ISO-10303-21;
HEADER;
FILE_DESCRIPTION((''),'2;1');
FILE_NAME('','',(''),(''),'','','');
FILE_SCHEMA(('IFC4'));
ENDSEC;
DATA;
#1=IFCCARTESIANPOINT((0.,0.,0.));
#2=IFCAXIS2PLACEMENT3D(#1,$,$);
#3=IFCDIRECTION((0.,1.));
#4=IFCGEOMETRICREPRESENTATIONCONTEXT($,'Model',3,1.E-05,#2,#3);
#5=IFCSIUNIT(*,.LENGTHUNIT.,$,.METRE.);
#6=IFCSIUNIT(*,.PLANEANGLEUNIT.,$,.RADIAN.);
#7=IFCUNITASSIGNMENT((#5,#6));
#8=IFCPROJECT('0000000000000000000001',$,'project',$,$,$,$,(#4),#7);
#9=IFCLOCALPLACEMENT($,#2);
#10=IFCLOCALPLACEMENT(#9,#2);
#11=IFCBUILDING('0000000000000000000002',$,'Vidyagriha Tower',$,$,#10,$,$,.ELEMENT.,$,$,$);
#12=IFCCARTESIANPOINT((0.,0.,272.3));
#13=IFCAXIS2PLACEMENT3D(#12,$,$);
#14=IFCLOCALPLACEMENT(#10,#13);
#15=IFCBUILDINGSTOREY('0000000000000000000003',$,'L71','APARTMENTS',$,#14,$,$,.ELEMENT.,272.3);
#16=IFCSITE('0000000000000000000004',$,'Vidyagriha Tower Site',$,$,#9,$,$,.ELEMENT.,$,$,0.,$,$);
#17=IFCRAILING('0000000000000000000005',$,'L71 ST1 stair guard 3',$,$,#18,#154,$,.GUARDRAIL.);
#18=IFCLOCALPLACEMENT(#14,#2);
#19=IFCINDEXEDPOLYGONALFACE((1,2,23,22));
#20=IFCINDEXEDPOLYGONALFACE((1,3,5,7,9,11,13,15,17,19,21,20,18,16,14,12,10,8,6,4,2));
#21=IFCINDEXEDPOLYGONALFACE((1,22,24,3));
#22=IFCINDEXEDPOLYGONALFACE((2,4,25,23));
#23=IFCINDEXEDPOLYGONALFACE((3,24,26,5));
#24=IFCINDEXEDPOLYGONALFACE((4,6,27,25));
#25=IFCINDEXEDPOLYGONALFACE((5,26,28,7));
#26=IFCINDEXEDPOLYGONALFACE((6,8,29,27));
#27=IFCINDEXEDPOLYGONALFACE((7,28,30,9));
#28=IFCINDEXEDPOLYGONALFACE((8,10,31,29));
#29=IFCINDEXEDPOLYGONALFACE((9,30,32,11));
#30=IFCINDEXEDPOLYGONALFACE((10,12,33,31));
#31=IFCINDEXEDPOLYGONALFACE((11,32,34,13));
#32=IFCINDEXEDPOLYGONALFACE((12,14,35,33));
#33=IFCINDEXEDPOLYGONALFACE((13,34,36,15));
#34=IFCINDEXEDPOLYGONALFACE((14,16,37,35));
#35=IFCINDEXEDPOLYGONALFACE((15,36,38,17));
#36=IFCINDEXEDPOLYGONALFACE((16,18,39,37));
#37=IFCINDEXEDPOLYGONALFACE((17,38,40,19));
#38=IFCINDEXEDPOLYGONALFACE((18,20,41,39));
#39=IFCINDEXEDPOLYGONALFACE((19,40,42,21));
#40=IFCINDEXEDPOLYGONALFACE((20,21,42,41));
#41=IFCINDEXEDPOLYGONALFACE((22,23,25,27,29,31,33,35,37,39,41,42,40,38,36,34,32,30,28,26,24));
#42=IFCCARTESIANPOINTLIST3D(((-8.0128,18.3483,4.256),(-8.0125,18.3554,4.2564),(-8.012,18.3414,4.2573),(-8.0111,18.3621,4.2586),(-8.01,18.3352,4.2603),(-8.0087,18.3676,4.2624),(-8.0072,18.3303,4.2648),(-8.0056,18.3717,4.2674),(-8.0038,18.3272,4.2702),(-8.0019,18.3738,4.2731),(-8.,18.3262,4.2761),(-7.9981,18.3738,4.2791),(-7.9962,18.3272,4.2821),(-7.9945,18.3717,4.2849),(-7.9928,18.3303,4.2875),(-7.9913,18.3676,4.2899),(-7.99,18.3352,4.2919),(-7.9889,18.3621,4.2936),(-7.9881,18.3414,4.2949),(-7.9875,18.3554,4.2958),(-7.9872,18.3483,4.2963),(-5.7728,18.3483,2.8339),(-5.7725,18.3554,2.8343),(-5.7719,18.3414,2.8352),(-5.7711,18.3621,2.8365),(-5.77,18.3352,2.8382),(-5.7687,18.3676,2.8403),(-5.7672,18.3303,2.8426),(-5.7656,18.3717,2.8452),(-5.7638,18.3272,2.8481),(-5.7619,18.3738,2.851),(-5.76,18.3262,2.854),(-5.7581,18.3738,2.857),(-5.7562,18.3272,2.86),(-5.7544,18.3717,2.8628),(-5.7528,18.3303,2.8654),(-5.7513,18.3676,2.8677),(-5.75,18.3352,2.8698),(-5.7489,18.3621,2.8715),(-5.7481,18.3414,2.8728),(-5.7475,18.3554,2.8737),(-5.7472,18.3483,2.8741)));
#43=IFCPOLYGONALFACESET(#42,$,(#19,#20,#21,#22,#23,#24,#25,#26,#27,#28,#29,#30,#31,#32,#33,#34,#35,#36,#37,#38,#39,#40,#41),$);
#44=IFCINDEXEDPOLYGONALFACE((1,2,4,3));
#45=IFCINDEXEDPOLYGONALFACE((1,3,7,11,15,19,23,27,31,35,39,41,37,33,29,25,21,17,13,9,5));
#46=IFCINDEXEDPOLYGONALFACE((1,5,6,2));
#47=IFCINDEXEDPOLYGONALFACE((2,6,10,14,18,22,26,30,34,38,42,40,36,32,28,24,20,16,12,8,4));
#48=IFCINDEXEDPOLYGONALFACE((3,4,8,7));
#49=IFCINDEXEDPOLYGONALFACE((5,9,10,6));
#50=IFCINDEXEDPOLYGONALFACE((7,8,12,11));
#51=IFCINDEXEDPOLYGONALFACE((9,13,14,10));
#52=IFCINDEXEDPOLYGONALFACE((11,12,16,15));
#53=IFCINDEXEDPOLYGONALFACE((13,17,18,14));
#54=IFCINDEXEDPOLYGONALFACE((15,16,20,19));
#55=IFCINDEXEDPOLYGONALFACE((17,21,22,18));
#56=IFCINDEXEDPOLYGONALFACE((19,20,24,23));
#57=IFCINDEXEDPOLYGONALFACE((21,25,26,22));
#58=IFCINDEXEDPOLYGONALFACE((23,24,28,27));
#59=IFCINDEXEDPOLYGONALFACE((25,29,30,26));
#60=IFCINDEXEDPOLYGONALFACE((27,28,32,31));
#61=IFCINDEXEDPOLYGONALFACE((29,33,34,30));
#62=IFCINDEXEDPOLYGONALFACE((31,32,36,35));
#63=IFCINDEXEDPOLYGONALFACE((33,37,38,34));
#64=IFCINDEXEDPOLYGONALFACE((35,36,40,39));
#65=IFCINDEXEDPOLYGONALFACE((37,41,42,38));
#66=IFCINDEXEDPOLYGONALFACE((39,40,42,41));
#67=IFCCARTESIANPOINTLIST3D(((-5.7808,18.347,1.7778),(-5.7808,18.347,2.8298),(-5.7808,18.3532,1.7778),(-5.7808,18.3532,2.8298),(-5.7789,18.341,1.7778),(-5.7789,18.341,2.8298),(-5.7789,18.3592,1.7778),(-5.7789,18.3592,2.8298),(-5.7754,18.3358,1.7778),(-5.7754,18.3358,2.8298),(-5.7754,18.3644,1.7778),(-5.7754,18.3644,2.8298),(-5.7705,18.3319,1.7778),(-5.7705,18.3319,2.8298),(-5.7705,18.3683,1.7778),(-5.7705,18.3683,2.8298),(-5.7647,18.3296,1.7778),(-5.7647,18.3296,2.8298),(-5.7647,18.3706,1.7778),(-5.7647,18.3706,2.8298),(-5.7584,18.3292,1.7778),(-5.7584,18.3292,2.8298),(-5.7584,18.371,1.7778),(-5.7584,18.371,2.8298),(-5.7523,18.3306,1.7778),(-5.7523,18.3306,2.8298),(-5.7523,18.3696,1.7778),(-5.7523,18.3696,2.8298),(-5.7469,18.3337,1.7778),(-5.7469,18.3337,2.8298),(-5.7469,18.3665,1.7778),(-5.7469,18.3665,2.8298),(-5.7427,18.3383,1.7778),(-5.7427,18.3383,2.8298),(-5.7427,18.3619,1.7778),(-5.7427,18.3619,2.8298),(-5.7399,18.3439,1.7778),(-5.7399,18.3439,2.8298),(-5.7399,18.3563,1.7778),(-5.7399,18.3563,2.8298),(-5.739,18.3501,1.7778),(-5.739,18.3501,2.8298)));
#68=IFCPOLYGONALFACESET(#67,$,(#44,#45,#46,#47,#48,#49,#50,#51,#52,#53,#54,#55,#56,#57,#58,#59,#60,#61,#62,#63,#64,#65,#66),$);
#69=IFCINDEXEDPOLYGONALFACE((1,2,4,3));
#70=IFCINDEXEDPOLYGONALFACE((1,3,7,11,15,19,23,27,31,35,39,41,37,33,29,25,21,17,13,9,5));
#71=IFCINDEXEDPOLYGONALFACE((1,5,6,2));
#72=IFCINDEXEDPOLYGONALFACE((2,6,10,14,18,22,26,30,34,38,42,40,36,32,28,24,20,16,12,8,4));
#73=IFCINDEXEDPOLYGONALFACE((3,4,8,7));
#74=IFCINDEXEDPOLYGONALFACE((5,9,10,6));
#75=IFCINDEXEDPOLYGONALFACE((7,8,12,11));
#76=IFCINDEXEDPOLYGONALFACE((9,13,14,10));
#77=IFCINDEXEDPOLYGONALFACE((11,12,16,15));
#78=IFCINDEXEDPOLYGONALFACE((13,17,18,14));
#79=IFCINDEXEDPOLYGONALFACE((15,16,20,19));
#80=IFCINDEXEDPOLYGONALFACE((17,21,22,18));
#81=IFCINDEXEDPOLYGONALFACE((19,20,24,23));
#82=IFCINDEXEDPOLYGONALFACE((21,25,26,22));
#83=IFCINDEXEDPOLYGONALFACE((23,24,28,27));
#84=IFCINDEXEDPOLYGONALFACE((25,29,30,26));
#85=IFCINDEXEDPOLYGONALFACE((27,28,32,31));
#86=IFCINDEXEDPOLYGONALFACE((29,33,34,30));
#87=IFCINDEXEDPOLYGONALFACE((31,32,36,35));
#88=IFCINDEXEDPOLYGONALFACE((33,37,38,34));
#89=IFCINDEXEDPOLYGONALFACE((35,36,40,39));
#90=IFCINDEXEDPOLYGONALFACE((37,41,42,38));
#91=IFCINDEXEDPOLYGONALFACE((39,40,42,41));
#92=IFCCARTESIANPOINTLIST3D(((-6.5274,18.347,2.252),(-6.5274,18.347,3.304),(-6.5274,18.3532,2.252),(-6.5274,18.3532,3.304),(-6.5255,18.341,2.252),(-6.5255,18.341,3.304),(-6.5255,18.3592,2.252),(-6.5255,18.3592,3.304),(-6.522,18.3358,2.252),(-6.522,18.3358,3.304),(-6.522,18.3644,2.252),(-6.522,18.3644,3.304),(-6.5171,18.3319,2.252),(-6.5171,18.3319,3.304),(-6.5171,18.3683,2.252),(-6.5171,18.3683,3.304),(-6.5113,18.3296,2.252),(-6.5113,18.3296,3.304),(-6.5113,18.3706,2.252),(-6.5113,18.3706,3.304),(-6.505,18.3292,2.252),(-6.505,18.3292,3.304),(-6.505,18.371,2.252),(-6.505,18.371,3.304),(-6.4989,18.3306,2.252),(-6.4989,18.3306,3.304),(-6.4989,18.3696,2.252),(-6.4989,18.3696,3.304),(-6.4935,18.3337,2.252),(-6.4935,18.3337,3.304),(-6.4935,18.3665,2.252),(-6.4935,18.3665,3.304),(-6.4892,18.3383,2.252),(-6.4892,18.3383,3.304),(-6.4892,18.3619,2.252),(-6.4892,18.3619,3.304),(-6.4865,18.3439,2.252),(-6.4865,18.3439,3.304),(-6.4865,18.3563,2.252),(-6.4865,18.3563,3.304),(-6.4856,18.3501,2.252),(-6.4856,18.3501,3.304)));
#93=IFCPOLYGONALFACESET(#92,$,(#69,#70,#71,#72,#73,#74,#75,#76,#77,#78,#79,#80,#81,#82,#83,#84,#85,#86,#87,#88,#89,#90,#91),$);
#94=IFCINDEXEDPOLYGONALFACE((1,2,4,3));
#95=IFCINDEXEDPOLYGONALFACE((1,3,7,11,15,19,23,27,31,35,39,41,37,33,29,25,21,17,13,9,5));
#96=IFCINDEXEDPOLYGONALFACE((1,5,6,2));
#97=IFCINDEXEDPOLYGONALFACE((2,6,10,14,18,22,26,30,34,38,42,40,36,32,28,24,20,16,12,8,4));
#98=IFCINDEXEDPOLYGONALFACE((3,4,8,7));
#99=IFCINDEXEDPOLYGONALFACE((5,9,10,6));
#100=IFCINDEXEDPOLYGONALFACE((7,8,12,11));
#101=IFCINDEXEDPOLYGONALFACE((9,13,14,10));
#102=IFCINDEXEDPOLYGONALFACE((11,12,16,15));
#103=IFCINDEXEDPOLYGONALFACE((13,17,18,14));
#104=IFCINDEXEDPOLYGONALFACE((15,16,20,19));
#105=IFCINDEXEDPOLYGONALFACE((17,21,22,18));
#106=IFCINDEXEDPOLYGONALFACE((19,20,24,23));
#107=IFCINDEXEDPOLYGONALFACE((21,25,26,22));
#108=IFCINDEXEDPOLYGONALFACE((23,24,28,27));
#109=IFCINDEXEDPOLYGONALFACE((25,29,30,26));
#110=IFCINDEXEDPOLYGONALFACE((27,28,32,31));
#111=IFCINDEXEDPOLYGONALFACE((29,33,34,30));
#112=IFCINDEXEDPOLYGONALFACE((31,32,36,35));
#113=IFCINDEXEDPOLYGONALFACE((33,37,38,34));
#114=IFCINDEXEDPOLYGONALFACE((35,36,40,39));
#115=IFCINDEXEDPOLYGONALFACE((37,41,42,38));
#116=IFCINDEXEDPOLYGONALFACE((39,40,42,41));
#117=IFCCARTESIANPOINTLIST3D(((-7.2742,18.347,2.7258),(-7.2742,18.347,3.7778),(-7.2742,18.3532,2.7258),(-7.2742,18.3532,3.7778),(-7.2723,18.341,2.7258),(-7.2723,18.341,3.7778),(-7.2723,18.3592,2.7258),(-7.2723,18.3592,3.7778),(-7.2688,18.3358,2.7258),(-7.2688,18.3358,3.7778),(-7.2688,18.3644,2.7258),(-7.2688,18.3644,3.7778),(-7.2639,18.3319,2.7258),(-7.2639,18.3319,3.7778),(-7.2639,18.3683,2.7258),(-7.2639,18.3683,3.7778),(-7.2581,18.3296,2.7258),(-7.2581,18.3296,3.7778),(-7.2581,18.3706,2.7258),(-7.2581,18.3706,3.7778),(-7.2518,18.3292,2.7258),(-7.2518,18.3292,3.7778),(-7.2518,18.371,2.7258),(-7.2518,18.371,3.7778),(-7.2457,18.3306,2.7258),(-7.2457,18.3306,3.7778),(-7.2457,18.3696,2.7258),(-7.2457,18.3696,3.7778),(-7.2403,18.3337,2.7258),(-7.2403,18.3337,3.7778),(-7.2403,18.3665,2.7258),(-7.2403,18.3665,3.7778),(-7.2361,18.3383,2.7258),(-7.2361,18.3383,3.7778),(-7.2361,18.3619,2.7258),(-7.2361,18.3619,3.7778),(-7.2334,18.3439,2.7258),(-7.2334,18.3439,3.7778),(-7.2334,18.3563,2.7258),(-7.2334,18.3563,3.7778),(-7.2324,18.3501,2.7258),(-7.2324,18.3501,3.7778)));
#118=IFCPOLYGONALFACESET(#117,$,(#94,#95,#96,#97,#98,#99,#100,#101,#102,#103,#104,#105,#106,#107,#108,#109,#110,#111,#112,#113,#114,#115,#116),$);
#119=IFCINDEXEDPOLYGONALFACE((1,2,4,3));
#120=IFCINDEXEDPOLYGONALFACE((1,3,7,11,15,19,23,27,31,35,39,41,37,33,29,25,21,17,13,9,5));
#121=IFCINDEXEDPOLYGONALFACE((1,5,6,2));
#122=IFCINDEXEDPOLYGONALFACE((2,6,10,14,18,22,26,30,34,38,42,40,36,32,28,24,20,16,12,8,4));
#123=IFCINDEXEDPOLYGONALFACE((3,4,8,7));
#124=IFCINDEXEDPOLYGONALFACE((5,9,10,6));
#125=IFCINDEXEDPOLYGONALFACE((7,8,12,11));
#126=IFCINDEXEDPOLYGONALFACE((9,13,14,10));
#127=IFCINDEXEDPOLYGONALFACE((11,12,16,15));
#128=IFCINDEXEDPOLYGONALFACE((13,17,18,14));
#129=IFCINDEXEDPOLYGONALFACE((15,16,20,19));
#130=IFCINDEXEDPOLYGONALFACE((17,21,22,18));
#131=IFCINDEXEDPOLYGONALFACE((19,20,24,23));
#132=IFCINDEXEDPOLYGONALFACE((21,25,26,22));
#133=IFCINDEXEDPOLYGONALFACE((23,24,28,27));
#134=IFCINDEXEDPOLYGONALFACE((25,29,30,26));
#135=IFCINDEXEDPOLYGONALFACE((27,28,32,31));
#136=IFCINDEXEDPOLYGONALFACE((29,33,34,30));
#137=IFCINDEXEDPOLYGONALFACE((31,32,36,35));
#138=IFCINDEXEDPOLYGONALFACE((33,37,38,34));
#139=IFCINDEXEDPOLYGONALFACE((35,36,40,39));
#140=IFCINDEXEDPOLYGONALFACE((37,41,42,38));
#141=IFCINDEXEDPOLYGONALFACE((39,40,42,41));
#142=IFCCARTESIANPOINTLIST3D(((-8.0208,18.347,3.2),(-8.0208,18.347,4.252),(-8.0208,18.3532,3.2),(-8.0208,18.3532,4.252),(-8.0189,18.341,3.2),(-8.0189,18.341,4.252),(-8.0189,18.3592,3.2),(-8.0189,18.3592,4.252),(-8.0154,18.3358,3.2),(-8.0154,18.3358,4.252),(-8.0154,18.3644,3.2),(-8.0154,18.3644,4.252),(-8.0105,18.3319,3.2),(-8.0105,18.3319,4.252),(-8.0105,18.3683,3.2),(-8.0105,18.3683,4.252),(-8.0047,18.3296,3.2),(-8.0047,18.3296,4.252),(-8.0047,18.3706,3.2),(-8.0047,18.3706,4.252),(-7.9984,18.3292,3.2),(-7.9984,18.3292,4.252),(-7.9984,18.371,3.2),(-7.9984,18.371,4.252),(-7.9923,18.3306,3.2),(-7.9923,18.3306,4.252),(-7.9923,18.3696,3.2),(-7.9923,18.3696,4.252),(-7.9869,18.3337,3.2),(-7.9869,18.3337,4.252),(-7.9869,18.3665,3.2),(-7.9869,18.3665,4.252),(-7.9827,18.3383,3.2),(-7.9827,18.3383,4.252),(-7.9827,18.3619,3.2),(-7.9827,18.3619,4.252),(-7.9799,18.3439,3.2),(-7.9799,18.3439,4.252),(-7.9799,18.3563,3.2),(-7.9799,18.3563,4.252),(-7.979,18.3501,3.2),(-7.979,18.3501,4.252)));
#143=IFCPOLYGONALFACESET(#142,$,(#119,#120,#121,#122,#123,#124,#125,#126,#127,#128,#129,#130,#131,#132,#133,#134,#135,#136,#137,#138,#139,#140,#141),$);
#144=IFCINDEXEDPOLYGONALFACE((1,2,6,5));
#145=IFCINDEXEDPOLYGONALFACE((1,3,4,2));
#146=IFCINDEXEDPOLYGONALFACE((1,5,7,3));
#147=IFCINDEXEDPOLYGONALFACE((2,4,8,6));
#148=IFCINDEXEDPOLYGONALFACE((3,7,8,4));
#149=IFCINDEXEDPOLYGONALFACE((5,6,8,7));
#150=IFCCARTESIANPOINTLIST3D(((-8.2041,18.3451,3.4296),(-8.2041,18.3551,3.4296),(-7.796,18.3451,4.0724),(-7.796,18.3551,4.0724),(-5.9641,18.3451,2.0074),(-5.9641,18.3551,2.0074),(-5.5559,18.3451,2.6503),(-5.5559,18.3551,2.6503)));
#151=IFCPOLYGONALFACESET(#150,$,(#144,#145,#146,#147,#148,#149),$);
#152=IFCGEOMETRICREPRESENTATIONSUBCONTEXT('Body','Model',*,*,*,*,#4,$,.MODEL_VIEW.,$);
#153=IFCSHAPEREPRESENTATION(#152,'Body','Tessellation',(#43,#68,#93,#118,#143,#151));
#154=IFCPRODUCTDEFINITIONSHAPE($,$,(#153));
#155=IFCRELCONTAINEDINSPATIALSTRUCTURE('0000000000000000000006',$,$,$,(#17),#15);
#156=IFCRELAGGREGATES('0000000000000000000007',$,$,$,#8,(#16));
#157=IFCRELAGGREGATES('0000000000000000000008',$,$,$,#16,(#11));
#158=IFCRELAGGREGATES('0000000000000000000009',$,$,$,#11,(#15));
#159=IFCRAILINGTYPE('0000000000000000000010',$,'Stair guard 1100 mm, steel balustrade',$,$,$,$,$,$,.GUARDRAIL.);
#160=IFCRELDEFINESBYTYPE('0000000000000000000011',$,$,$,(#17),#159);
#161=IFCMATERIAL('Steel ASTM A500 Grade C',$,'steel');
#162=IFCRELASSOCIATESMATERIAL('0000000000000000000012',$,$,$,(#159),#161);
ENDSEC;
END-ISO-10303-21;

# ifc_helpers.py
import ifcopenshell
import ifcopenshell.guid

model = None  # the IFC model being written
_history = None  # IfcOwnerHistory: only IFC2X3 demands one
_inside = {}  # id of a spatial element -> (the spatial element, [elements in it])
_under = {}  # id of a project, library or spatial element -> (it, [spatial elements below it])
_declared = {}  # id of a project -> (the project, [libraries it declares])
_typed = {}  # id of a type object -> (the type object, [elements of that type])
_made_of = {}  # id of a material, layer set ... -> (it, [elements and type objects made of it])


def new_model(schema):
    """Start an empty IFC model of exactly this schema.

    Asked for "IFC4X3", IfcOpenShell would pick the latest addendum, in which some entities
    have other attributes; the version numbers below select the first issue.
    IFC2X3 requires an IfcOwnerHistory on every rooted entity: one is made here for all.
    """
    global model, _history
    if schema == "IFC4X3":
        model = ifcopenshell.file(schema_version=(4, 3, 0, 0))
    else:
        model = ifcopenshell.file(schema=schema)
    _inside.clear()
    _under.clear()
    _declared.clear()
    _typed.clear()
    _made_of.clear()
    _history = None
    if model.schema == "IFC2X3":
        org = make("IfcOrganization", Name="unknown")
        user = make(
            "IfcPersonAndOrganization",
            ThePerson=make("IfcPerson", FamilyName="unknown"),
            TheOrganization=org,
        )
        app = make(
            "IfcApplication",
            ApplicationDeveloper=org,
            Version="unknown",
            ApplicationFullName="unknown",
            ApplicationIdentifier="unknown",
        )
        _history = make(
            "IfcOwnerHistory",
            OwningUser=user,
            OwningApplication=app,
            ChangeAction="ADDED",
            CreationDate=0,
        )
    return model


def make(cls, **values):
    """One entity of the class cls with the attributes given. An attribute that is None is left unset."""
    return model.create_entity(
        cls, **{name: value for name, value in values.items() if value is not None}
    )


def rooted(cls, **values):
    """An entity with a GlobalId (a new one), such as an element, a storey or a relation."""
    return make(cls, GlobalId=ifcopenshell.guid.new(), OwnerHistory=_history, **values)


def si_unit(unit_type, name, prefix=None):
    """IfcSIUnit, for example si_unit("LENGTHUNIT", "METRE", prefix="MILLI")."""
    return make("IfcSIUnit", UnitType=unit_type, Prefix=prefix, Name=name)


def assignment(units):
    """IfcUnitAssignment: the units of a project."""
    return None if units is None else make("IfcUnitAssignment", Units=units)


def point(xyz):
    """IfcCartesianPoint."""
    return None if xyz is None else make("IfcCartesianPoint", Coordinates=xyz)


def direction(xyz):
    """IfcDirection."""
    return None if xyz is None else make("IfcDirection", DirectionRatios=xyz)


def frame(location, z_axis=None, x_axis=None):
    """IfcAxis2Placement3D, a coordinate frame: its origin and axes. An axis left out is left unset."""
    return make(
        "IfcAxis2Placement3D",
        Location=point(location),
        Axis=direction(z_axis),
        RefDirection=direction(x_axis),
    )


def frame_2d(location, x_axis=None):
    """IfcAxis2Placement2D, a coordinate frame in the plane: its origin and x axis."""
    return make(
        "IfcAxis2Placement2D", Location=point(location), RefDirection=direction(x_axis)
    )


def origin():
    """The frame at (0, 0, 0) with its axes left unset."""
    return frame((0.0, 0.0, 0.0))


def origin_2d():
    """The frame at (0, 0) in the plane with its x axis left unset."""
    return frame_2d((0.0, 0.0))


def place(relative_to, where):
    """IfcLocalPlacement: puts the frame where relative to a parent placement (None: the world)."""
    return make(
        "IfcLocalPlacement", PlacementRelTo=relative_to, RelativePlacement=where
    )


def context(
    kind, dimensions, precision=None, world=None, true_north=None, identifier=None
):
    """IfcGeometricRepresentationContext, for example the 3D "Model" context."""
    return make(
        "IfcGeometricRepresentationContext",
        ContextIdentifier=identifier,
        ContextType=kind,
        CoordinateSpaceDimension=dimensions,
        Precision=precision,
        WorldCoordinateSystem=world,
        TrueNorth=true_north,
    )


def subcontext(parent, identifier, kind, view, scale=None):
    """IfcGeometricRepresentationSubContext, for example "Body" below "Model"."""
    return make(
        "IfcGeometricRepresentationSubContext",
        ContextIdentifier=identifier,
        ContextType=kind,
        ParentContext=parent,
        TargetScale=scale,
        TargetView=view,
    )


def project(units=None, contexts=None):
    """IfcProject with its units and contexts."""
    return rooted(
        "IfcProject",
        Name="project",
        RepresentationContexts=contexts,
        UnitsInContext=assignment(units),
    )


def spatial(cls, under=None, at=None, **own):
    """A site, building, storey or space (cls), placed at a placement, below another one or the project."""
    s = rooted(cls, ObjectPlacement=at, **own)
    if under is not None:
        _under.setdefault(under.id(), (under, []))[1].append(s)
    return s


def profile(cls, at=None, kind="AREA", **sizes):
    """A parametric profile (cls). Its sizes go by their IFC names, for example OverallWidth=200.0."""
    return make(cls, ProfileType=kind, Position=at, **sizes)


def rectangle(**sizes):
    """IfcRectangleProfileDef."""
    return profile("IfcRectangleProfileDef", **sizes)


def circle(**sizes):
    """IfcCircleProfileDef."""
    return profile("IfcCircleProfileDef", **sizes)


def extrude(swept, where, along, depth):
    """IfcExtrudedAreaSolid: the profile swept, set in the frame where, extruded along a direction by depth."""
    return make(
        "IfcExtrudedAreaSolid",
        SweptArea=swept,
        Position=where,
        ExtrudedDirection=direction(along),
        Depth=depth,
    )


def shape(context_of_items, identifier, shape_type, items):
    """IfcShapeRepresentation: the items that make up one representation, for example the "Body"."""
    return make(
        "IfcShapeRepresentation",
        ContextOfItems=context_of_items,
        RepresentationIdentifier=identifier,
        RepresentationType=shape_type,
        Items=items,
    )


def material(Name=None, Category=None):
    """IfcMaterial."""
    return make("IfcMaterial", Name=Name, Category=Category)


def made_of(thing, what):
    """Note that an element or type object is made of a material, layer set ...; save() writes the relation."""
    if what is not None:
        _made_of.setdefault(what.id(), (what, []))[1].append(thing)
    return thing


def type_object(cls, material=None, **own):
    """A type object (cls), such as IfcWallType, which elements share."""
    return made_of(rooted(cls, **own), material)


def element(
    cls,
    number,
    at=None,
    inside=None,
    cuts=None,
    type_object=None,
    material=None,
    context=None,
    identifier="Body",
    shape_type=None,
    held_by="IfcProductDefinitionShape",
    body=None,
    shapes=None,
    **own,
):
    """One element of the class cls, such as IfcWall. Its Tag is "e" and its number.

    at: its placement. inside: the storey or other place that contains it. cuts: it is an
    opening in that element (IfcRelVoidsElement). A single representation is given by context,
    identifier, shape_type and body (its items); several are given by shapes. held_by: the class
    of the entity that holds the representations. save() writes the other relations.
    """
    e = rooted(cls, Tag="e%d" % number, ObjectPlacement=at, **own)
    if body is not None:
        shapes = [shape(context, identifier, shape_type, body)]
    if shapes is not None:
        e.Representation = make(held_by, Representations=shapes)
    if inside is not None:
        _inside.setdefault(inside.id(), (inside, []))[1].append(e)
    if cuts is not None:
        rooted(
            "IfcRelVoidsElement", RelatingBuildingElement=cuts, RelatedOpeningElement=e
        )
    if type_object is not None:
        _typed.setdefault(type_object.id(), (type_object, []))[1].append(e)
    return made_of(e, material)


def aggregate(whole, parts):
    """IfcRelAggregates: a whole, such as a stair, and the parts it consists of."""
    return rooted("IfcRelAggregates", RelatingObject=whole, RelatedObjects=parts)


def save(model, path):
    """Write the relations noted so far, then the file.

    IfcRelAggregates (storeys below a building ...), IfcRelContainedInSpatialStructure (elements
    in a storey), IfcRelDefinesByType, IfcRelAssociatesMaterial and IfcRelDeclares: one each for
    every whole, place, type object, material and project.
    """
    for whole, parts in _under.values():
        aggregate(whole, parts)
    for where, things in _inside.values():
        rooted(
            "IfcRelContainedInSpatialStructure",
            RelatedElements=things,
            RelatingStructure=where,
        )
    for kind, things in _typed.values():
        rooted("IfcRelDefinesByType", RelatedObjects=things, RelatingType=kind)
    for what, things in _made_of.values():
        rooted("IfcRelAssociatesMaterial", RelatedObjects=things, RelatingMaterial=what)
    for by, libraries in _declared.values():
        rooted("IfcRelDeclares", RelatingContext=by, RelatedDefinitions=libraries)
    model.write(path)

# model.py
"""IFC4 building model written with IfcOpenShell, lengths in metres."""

from ifc_helpers import new_model, si_unit, direction, frame, origin, origin_2d, place, context, subcontext, project, spatial, rectangle, circle, extrude, material, type_object, element, save


model = new_model("IFC4")

# Units and contexts
model_context = context("Model", 3, precision=1e-05, world=origin(), true_north=direction((0.0, 1.0)))
body_context = subcontext(model_context, "Body", "Model", "MODEL_VIEW")
ifc_project = project(units=[si_unit("LENGTHUNIT", "METRE"), si_unit("PLANEANGLEUNIT", "RADIAN")], contexts=[model_context])

# Site, building, storey
site_placement = place(None, origin())
site = spatial("IfcSite", under=ifc_project, at=site_placement, Name="Vidyagriha Tower Site", CompositionType="ELEMENT", RefElevation=0.0)
building_placement = place(site_placement, origin())
building = spatial("IfcBuilding", under=site, at=building_placement, Name="Vidyagriha Tower", CompositionType="ELEMENT")
storey_placement = place(building_placement, frame((0.0, 0.0, 272.3)))
storey = spatial("IfcBuildingStorey", under=building, at=storey_placement, Name="L71", Description="APARTMENTS", CompositionType="ELEMENT", Elevation=272.3)

# Railing
ifc_material_1 = material(Name="Steel ASTM A500 Grade C", Category="steel")
railing_type_1 = type_object("IfcRailingType", Name="Stair guard 1100 mm, steel balustrade", PredefinedType="GUARDRAIL", material=ifc_material_1)
railing_1_placement = place(storey_placement, frame((-5.76, 18.3501, 1.7778)))
element("IfcRailing", 1, at=railing_1_placement, inside=storey, type_object=railing_type_1, Name="L71 ST1 stair guard 3", PredefinedType="GUARDRAIL", context=body_context, shape_type="SweptSolid", body=[
    extrude(circle(Radius=0.0239, at=origin_2d()), frame((0.0, 0.0, 1.0762), z_axis=(-0.844229, 0.0, 0.535982), x_axis=(0.0, -1.0, 0.0)), (0.0, 0.0, 1.0), 2.6533),
    extrude(circle(Radius=0.021, at=origin_2d()), origin(), (0.0, 0.0, 1.0), 1.052),
    extrude(circle(Radius=0.021, at=origin_2d()), frame((-0.7466, 0.0, 0.4741)), (0.0, 0.0, 1.0), 1.052),
    extrude(circle(Radius=0.021, at=origin_2d()), frame((-1.4934, 0.0, 0.948)), (0.0, 0.0, 1.0), 1.052),
    extrude(circle(Radius=0.021, at=origin_2d()), frame((-2.24, 0.0, 1.4221)), (0.0, 0.0, 1.0), 1.052),
    extrude(rectangle(XDim=0.01, YDim=0.7615, at=origin_2d()), frame((0.0, 0.0, 0.551), z_axis=(-0.844229, 0.0, 0.535982), x_axis=(0.0, -1.0, 0.0)), (0.0, 0.0, 1.0), 2.6533),
])

save(model, "model.ifc")
